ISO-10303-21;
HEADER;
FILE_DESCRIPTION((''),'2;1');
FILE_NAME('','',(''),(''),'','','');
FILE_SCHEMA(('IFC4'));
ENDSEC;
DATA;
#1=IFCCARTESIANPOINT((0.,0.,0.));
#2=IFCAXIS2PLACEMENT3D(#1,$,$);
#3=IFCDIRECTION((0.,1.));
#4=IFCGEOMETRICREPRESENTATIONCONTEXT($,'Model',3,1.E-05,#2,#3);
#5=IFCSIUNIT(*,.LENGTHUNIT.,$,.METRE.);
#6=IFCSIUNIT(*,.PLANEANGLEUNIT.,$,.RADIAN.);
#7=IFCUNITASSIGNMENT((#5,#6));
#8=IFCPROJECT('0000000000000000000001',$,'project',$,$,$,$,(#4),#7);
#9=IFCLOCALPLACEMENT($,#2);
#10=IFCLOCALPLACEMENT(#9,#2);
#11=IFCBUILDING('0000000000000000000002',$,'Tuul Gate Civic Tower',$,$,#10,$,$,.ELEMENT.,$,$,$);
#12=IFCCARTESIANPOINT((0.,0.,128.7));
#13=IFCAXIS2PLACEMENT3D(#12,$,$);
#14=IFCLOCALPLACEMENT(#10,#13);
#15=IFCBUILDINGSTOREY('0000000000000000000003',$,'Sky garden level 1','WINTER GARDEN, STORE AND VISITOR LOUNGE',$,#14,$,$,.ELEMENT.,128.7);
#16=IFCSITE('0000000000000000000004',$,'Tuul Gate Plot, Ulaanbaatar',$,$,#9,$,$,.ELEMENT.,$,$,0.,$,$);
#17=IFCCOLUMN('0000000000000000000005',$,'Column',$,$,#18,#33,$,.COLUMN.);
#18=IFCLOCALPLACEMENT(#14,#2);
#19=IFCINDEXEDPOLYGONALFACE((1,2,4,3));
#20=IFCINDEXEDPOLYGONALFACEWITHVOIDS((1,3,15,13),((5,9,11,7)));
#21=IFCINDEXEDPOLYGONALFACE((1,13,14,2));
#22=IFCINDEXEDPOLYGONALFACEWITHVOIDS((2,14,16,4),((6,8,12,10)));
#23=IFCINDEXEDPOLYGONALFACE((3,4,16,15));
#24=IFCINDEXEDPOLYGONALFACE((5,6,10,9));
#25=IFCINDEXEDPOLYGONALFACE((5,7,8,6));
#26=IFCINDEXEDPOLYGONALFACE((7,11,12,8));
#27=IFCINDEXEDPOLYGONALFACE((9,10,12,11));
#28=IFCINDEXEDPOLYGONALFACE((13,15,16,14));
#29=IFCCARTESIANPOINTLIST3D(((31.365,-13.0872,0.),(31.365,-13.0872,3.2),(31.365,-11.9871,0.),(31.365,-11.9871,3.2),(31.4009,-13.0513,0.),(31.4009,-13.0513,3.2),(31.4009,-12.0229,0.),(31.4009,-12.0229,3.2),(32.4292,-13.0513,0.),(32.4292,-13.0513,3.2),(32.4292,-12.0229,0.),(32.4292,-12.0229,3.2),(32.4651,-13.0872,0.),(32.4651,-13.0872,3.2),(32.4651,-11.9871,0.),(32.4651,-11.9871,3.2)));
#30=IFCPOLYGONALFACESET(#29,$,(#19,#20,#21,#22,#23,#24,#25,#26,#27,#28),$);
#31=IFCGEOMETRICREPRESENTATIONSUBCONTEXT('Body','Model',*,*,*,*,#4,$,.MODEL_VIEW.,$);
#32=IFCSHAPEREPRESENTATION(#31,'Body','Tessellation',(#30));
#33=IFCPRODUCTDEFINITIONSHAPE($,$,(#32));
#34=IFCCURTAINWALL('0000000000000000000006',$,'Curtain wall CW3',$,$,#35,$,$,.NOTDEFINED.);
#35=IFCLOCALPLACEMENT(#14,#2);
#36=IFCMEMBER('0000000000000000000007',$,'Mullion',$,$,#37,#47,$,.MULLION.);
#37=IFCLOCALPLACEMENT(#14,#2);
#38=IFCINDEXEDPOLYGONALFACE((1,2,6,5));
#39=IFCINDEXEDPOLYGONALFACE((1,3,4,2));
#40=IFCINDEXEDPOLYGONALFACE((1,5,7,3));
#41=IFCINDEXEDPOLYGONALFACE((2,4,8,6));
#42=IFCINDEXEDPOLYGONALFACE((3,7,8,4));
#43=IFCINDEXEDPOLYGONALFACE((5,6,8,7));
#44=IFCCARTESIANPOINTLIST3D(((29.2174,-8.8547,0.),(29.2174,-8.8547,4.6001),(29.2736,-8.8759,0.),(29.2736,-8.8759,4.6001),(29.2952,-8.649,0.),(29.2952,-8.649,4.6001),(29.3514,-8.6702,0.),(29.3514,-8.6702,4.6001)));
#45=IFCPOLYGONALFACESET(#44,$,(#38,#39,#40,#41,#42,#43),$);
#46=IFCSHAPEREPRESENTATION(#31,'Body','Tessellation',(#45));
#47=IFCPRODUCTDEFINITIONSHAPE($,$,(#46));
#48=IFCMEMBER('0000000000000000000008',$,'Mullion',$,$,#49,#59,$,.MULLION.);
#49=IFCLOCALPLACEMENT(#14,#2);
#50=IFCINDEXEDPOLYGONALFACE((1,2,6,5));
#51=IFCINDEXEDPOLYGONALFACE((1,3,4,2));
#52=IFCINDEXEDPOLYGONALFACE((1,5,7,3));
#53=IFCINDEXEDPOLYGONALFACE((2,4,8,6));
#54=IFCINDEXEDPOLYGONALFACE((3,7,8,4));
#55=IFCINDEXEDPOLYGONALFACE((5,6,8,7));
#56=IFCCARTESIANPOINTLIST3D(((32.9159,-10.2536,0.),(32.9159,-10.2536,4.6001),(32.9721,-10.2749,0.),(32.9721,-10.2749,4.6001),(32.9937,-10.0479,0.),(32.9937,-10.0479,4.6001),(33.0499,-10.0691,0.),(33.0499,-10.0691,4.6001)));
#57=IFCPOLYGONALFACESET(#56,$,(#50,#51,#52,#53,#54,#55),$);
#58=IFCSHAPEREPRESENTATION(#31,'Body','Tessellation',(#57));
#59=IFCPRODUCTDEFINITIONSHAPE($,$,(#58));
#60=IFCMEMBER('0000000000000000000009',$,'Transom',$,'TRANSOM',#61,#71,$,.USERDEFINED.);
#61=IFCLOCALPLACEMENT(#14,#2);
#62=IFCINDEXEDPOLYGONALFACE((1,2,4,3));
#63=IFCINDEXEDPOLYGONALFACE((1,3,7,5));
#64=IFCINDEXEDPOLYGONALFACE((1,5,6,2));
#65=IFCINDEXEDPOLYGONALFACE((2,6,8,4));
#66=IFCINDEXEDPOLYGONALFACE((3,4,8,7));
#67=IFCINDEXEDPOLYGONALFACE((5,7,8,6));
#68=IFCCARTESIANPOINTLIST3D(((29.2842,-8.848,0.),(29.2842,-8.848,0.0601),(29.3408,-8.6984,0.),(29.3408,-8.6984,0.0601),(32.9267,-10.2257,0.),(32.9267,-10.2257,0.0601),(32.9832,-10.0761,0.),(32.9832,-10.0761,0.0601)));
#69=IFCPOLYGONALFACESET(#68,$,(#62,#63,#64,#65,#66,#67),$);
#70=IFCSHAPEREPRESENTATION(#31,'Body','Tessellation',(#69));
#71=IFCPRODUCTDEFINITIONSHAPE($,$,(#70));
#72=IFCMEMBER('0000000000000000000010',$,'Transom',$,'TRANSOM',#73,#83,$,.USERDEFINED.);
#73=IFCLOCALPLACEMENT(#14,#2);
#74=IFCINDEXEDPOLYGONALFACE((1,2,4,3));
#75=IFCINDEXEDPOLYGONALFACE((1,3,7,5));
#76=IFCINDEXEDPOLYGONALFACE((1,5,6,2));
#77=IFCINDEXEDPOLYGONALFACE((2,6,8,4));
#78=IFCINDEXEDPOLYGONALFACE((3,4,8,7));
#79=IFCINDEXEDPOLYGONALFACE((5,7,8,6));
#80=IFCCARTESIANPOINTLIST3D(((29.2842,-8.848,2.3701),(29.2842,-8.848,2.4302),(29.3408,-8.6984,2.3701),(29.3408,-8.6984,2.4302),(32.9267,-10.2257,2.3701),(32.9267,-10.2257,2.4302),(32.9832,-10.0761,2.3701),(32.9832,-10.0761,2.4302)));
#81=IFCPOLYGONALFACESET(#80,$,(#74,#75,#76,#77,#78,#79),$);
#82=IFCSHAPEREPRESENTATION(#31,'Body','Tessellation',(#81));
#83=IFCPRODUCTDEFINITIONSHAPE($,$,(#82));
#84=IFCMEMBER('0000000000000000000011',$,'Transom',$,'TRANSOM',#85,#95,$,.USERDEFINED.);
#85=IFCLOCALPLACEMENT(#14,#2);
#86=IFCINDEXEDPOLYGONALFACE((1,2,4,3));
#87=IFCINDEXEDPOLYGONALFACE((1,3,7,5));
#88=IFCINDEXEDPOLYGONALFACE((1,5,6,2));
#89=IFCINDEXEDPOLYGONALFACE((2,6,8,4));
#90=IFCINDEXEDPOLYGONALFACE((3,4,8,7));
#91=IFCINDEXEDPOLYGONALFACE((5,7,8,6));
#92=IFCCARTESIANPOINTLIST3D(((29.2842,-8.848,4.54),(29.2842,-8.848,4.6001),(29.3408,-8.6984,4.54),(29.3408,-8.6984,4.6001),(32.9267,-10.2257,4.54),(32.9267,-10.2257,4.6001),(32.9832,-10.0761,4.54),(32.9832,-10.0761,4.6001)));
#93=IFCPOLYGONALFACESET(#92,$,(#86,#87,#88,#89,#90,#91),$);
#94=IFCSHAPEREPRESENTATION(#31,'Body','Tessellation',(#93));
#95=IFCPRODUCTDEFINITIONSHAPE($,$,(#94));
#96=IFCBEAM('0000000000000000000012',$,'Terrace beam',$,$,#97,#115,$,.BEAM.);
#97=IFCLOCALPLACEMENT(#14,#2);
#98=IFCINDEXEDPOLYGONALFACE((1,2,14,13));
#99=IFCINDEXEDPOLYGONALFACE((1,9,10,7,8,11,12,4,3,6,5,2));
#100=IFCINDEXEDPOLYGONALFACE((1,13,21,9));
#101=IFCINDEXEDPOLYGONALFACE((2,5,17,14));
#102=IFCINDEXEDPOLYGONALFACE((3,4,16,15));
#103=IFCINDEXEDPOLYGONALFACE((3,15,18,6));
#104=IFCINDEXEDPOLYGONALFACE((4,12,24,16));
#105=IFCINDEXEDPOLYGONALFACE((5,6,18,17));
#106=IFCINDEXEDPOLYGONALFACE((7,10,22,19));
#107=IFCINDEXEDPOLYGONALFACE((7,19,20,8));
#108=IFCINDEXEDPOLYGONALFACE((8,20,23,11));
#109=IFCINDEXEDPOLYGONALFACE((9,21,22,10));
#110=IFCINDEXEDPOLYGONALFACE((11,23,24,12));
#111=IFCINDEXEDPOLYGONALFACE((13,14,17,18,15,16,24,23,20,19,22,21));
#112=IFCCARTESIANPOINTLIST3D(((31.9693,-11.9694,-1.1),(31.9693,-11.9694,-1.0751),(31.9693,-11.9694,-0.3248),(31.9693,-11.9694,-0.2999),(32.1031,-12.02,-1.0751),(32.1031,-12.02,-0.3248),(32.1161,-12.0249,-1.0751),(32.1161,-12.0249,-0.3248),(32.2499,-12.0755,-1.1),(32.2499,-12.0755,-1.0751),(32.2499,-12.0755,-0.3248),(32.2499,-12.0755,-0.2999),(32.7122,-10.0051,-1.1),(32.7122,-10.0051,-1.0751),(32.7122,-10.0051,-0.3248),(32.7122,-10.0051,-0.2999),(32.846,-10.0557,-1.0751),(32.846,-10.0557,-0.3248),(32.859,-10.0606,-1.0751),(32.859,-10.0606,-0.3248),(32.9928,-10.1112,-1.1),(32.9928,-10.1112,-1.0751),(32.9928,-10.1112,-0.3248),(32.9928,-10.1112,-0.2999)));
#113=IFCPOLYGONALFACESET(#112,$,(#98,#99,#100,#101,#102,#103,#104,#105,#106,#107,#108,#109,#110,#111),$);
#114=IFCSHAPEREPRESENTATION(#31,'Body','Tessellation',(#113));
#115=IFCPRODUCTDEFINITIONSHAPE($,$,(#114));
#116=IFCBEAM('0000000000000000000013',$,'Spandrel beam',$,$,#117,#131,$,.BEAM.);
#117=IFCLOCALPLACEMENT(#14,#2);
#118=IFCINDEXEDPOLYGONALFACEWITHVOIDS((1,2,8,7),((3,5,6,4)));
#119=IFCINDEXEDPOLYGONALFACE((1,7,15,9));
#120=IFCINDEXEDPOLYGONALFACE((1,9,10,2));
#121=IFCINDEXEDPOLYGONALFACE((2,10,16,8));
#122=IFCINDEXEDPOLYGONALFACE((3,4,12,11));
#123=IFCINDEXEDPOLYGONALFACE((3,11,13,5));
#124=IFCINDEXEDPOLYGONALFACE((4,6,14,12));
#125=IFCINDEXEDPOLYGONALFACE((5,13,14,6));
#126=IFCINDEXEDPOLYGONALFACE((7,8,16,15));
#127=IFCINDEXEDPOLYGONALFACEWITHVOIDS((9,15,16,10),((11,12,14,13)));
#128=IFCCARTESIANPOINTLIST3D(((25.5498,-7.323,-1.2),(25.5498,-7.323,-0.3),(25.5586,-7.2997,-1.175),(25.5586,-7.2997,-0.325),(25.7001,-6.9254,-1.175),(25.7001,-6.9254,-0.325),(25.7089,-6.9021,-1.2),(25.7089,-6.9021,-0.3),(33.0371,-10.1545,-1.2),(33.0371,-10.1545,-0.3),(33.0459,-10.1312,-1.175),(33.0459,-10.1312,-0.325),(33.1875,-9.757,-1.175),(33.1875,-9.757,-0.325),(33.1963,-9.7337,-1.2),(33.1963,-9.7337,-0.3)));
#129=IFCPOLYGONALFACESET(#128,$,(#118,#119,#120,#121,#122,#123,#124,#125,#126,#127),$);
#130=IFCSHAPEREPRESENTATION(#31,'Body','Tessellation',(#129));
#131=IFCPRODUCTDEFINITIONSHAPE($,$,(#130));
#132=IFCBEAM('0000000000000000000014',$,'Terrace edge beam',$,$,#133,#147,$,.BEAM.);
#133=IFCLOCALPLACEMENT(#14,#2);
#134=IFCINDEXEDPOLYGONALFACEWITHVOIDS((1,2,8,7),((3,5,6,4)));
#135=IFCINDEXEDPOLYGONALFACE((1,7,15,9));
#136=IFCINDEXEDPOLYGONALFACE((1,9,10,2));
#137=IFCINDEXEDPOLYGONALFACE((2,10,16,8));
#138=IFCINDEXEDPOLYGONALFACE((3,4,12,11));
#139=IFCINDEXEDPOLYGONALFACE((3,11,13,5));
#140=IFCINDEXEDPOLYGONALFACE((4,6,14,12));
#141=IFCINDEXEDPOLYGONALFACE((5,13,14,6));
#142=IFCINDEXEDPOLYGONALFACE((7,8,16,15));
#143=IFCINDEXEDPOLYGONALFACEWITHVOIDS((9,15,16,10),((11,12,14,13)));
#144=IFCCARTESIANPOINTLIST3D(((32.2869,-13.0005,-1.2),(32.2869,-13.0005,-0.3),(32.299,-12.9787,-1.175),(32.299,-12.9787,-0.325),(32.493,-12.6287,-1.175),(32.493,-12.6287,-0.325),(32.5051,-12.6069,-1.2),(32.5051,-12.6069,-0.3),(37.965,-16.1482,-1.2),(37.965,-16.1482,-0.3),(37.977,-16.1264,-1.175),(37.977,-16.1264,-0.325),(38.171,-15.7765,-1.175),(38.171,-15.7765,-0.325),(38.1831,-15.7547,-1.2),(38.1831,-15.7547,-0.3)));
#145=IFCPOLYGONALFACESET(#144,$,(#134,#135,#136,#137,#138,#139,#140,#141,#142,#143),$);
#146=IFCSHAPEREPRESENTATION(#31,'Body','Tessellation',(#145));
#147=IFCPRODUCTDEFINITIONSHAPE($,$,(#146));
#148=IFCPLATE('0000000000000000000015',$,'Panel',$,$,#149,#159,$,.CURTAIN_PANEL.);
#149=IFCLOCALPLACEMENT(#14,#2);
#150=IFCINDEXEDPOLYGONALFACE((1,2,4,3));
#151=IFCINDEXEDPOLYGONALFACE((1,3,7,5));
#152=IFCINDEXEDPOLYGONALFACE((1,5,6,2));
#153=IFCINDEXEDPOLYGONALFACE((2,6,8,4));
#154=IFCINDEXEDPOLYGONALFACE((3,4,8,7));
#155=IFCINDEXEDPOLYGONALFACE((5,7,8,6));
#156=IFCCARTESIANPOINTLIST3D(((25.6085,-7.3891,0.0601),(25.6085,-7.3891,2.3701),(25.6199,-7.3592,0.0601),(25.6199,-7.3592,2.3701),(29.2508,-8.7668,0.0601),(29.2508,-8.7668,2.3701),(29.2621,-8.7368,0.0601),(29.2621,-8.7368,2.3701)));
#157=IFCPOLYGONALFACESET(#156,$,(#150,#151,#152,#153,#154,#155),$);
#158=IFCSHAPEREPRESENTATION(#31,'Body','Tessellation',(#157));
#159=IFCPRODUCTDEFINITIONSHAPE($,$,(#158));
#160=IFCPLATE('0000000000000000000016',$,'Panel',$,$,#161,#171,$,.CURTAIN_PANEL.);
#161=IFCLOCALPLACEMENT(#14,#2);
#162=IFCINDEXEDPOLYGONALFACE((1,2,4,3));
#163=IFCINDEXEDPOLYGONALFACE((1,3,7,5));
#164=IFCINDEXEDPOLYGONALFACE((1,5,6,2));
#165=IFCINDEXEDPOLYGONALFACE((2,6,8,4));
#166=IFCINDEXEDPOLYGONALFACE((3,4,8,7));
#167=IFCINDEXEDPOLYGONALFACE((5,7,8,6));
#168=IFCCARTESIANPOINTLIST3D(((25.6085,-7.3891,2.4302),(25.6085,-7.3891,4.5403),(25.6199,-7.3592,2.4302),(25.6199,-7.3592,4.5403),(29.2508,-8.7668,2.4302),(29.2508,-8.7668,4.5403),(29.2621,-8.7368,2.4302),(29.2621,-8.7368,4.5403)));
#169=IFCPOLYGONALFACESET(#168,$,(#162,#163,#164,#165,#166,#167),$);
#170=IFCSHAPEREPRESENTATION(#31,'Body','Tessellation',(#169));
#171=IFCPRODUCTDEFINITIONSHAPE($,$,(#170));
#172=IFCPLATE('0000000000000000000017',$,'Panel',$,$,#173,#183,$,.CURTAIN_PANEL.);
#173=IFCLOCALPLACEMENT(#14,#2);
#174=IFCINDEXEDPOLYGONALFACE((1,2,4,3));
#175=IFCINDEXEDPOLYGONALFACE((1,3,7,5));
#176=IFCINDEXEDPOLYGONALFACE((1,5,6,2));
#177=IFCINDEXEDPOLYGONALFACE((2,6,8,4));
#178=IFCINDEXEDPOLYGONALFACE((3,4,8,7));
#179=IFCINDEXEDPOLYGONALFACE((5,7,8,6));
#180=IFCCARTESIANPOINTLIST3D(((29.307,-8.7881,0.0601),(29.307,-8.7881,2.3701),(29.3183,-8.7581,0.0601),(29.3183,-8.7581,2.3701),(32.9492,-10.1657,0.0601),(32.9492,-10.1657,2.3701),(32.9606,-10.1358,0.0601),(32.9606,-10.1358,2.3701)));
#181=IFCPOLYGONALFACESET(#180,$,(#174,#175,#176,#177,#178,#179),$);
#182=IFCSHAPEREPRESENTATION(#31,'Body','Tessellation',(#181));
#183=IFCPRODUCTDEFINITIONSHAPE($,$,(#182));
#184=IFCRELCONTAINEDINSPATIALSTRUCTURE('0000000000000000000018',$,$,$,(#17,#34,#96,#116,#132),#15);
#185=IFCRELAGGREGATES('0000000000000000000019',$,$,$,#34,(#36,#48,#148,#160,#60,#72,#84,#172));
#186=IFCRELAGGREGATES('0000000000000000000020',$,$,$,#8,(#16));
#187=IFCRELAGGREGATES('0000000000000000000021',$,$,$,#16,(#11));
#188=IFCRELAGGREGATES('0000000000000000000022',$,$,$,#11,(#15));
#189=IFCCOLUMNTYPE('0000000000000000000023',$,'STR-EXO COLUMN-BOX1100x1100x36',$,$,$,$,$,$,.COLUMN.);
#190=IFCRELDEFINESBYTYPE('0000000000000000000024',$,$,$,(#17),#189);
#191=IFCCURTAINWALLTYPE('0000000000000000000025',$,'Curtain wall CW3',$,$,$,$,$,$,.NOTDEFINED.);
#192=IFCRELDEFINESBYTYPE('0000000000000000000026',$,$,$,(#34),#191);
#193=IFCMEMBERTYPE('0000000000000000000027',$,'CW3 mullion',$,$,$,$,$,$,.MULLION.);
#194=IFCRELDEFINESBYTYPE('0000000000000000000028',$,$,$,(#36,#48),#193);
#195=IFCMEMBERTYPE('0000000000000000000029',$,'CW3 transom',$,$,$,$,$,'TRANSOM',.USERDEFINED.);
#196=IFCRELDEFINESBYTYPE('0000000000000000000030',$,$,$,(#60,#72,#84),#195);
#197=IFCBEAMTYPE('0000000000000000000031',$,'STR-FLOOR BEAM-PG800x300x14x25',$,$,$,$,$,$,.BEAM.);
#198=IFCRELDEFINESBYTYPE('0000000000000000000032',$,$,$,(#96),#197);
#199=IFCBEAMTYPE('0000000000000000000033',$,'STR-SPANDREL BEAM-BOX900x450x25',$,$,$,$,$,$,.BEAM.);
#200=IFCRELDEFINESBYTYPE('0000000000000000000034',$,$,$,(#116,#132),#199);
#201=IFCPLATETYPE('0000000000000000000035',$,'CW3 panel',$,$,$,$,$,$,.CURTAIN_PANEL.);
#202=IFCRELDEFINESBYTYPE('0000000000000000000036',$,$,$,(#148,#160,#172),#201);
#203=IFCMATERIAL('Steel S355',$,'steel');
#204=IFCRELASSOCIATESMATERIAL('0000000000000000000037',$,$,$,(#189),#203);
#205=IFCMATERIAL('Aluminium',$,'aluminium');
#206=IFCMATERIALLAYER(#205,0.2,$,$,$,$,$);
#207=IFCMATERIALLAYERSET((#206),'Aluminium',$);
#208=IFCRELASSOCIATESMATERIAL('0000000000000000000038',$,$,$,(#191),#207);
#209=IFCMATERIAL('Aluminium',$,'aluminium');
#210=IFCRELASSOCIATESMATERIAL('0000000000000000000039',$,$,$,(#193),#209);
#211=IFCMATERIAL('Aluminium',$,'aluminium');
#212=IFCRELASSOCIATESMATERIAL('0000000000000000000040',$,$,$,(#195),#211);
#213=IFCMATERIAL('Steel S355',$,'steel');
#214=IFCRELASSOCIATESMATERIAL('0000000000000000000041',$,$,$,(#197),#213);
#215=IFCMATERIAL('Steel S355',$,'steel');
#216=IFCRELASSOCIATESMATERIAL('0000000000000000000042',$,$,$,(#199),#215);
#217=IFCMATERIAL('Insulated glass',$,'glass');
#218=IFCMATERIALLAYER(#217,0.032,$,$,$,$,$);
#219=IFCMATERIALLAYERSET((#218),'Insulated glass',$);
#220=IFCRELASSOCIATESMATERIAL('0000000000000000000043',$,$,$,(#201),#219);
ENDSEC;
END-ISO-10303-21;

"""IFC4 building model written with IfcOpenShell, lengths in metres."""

from ifc_helpers import new_model, si_unit, direction, frame, origin, origin_2d, place, context, subcontext, project, spatial, rectangle, hollow_rectangle, i_section, extrude, material, layer, layer_set, material_profile, profile_set, type_object, element, aggregate, save


model = new_model("IFC4")

# Units and contexts
model_context = context("Model", 3, precision=1e-05, world=origin(), true_north=direction((0.0, 1.0)))
body_context = subcontext(model_context, "Body", "Model", "MODEL_VIEW")
ifc_project = project(units=[si_unit("LENGTHUNIT", "METRE"), si_unit("PLANEANGLEUNIT", "RADIAN")], contexts=[model_context])

# Site, building, storey
site_placement = place(None, origin())
site = spatial("IfcSite", under=ifc_project, at=site_placement, Name="Tuul Gate Plot, Ulaanbaatar", CompositionType="ELEMENT", RefElevation=0.0)
building_placement = place(site_placement, origin())
building = spatial("IfcBuilding", under=site, at=building_placement, Name="Tuul Gate Civic Tower", CompositionType="ELEMENT")
storey_placement = place(building_placement, frame((0.0, 0.0, 128.7)))
storey = spatial("IfcBuildingStorey", under=building, at=storey_placement, Name="Sky garden level 1", Description="WINTER GARDEN, STORE AND VISITOR LOUNGE", CompositionType="ELEMENT", Elevation=128.7)

# Column
ifc_material_1 = material(Name="Steel S355", Category="steel")
ifc_material_profile_1 = material_profile(ifc_material_1, hollow_rectangle(XDim=1.1001, YDim=1.1001, WallThickness=0.0359, at=origin_2d()), Name="BOX1100x1100x36")
ifc_profile_set_1 = profile_set([ifc_material_profile_1], Name="Steel S355")
column_type = type_object("IfcColumnType", Name="STR-EXO COLUMN-BOX1100x1100x36", PredefinedType="COLUMN", material=ifc_profile_set_1)
column_placement = place(storey_placement, frame((31.915, -12.5371, 0.0), z_axis=(0.0, 0.0, 1.0), x_axis=(1.0, 0.0, 0.0)))
element("IfcColumn", 1, at=column_placement, inside=storey, type_object=column_type, Name="Column", PredefinedType="COLUMN", context=body_context, shape_type="SweptSolid", body=[
    extrude(hollow_rectangle(XDim=1.1001, YDim=1.1001, WallThickness=0.0359, at=origin_2d()), origin(), (0.0, 0.0, 1.0), 3.2),
])

# Curtain wall, members
ifc_material_2 = material(Name="Aluminium", Category="aluminium")
ifc_layer_1 = layer(ifc_material_2, 0.2)
ifc_layer_set_1 = layer_set([ifc_layer_1], Name="Aluminium")
curtain_wall_type = type_object("IfcCurtainWallType", Name="Curtain wall CW3", PredefinedType="NOTDEFINED", material=ifc_layer_set_1)
curtain_wall_placement = place(storey_placement, origin())
curtain_wall = element("IfcCurtainWall", 2, at=curtain_wall_placement, inside=storey, type_object=curtain_wall_type, Name="Curtain wall CW3", PredefinedType="NOTDEFINED")
ifc_material_3 = material(Name="Aluminium", Category="aluminium")
ifc_material_profile_2 = material_profile(ifc_material_3, rectangle(XDim=0.22, YDim=0.0601, at=origin_2d()), Name="CW3 mullion")
ifc_profile_set_2 = profile_set([ifc_material_profile_2], Name="Aluminium")
member_type_1 = type_object("IfcMemberType", Name="CW3 mullion", PredefinedType="MULLION", material=ifc_profile_set_2)
member_1_placement = place(storey_placement, frame((29.2844, -8.7625, 0.0), z_axis=(0.0, 0.0, 1.0), x_axis=(0.353776, 0.93533, 0.0)))
member_1 = element("IfcMember", 3, at=member_1_placement, type_object=member_type_1, Name="Mullion", PredefinedType="MULLION", context=body_context, shape_type="SweptSolid", body=[
    extrude(rectangle(XDim=0.22, YDim=0.0601, at=origin_2d()), origin(), (0.0, 0.0, 1.0), 4.6001),
])
member_2_placement = place(storey_placement, frame((32.9829, -10.1614, 0.0), z_axis=(0.0, 0.0, 1.0), x_axis=(0.353776, 0.93533, 0.0)))
member_2 = element("IfcMember", 4, at=member_2_placement, type_object=member_type_1, Name="Mullion", PredefinedType="MULLION", context=body_context, shape_type="SweptSolid", body=[
    extrude(rectangle(XDim=0.22, YDim=0.0601, at=origin_2d()), origin(), (0.0, 0.0, 1.0), 4.6001),
])
ifc_material_4 = material(Name="Aluminium", Category="aluminium")
ifc_material_profile_3 = material_profile(ifc_material_4, rectangle(XDim=0.1599, YDim=0.0601, at=origin_2d()), Name="CW3 transom")
ifc_profile_set_3 = profile_set([ifc_material_profile_3], Name="Aluminium")
member_type_2 = type_object("IfcMemberType", Name="CW3 transom", ElementType="TRANSOM", PredefinedType="USERDEFINED", material=ifc_profile_set_3)
member_3_placement = place(storey_placement, frame((29.3125, -8.7732, 0.03), z_axis=(0.935328, -0.353781, 0.0), x_axis=(0.353781, 0.935328, 0.0)))
member_3 = element("IfcMember", 5, at=member_3_placement, type_object=member_type_2, Name="Transom", ObjectType="TRANSOM", PredefinedType="USERDEFINED", context=body_context, shape_type="SweptSolid", body=[
    extrude(rectangle(XDim=0.1599, YDim=0.0601, at=origin_2d()), origin(), (0.0, 0.0, 1.0), 3.8943),
])
member_4_placement = place(storey_placement, frame((29.3125, -8.7732, 2.4001), z_axis=(0.935328, -0.353781, 0.0), x_axis=(0.353781, 0.935328, 0.0)))
member_4 = element("IfcMember", 6, at=member_4_placement, type_object=member_type_2, Name="Transom", ObjectType="TRANSOM", PredefinedType="USERDEFINED", context=body_context, shape_type="SweptSolid", body=[
    extrude(rectangle(XDim=0.1599, YDim=0.0601, at=origin_2d()), origin(), (0.0, 0.0, 1.0), 3.8943),
])
member_5_placement = place(storey_placement, frame((29.3125, -8.7732, 4.5701), z_axis=(0.935328, -0.353781, 0.0), x_axis=(0.353781, 0.935328, 0.0)))
member_5 = element("IfcMember", 7, at=member_5_placement, type_object=member_type_2, Name="Transom", ObjectType="TRANSOM", PredefinedType="USERDEFINED", context=body_context, shape_type="SweptSolid", body=[
    extrude(rectangle(XDim=0.1599, YDim=0.0601, at=origin_2d()), origin(), (0.0, 0.0, 1.0), 3.8943),
])

# Beams
ifc_material_5 = material(Name="Steel S355", Category="steel")
ifc_material_profile_4 = material_profile(ifc_material_5, i_section(OverallWidth=0.3, OverallDepth=0.8, WebThickness=0.0139, FlangeThickness=0.0249, at=origin_2d()), Name="PG800x300x14x25")
ifc_profile_set_4 = profile_set([ifc_material_profile_4], Name="Steel S355")
beam_type_1 = type_object("IfcBeamType", Name="STR-FLOOR BEAM-PG800x300x14x25", PredefinedType="BEAM", material=ifc_profile_set_4)
beam_1_placement = place(storey_placement, frame((32.1096, -12.0225, -0.7), z_axis=(0.353746, 0.935341, 0.0), x_axis=(-0.935341, 0.353746, 0.0)))
element("IfcBeam", 8, at=beam_1_placement, inside=storey, type_object=beam_type_1, Name="Terrace beam", PredefinedType="BEAM", context=body_context, shape_type="SweptSolid", body=[
    extrude(i_section(OverallWidth=0.3, OverallDepth=0.8, WebThickness=0.0139, FlangeThickness=0.0249, at=origin_2d()), origin(), (0.0, 0.0, 1.0), 2.1001),
])
ifc_material_6 = material(Name="Steel S355", Category="steel")
ifc_material_profile_5 = material_profile(ifc_material_6, hollow_rectangle(XDim=0.45, YDim=0.8999, WallThickness=0.0249, at=origin_2d()), Name="BOX900x450x25")
ifc_profile_set_5 = profile_set([ifc_material_profile_5], Name="Steel S355")
beam_type_2 = type_object("IfcBeamType", Name="STR-SPANDREL BEAM-BOX900x450x25", PredefinedType="BEAM", material=ifc_profile_set_5)
beam_2_placement = place(storey_placement, frame((33.1167, -9.9441, -0.75), z_axis=(-0.935348, 0.353729, 0.0), x_axis=(-0.353729, -0.935348, 0.0)))
element("IfcBeam", 9, at=beam_2_placement, inside=storey, type_object=beam_type_2, Name="Spandrel beam", PredefinedType="BEAM", context=body_context, shape_type="SweptSolid", body=[
    extrude(hollow_rectangle(XDim=0.45, YDim=0.8999, WallThickness=0.0249, at=origin_2d()), origin(), (0.0, 0.0, 1.0), 8.0049),
])
beam_3_placement = place(storey_placement, frame((32.396, -12.8037, -0.75), z_axis=(0.874597, -0.484851, 0.0), x_axis=(0.484851, 0.874597, 0.0)))
element("IfcBeam", 10, at=beam_3_placement, inside=storey, type_object=beam_type_2, Name="Terrace edge beam", PredefinedType="BEAM", context=body_context, shape_type="SweptSolid", body=[
    extrude(hollow_rectangle(XDim=0.45, YDim=0.8999, WallThickness=0.0249, at=origin_2d()), origin(), (0.0, 0.0, 1.0), 6.4922),
])

# Plates
ifc_material_7 = material(Name="Insulated glass", Category="glass")
ifc_layer_2 = layer(ifc_material_7, 0.032)
ifc_layer_set_2 = layer_set([ifc_layer_2], Name="Insulated glass")
plate_type = type_object("IfcPlateType", Name="CW3 panel", PredefinedType="CURTAIN_PANEL", material=ifc_layer_set_2)
plate_1_placement = place(storey_placement, frame((27.4353, -8.063, 0.0601), z_axis=(0.0, 0.0, 1.0), x_axis=(0.93533, -0.353776, 0.0)))
plate_1 = element("IfcPlate", 11, at=plate_1_placement, type_object=plate_type, Name="Panel", PredefinedType="CURTAIN_PANEL", context=body_context, shape_type="SweptSolid", body=[
    extrude(rectangle(XDim=3.894, YDim=0.032, at=origin_2d()), origin(), (0.0, 0.0, 1.0), 2.3101),
])
plate_2_placement = place(storey_placement, frame((27.4353, -8.063, 2.4302), z_axis=(0.0, 0.0, 1.0), x_axis=(0.93533, -0.353776, 0.0)))
plate_2 = element("IfcPlate", 12, at=plate_2_placement, type_object=plate_type, Name="Panel", PredefinedType="CURTAIN_PANEL", context=body_context, shape_type="SweptSolid", body=[
    extrude(rectangle(XDim=3.894, YDim=0.032, at=origin_2d()), origin(), (0.0, 0.0, 1.0), 2.1101),
])
plate_3_placement = place(storey_placement, frame((31.1338, -9.4619, 0.0601), z_axis=(0.0, 0.0, 1.0), x_axis=(0.93533, -0.353776, 0.0)))
plate_3 = element("IfcPlate", 13, at=plate_3_placement, type_object=plate_type, Name="Panel", PredefinedType="CURTAIN_PANEL", context=body_context, shape_type="SweptSolid", body=[
    extrude(rectangle(XDim=3.894, YDim=0.032, at=origin_2d()), origin(), (0.0, 0.0, 1.0), 2.3101),
])
aggregate(curtain_wall, [member_1, member_2, plate_1, plate_2, member_3, member_4, member_5, plate_3])

save(model, "model.ifc")
